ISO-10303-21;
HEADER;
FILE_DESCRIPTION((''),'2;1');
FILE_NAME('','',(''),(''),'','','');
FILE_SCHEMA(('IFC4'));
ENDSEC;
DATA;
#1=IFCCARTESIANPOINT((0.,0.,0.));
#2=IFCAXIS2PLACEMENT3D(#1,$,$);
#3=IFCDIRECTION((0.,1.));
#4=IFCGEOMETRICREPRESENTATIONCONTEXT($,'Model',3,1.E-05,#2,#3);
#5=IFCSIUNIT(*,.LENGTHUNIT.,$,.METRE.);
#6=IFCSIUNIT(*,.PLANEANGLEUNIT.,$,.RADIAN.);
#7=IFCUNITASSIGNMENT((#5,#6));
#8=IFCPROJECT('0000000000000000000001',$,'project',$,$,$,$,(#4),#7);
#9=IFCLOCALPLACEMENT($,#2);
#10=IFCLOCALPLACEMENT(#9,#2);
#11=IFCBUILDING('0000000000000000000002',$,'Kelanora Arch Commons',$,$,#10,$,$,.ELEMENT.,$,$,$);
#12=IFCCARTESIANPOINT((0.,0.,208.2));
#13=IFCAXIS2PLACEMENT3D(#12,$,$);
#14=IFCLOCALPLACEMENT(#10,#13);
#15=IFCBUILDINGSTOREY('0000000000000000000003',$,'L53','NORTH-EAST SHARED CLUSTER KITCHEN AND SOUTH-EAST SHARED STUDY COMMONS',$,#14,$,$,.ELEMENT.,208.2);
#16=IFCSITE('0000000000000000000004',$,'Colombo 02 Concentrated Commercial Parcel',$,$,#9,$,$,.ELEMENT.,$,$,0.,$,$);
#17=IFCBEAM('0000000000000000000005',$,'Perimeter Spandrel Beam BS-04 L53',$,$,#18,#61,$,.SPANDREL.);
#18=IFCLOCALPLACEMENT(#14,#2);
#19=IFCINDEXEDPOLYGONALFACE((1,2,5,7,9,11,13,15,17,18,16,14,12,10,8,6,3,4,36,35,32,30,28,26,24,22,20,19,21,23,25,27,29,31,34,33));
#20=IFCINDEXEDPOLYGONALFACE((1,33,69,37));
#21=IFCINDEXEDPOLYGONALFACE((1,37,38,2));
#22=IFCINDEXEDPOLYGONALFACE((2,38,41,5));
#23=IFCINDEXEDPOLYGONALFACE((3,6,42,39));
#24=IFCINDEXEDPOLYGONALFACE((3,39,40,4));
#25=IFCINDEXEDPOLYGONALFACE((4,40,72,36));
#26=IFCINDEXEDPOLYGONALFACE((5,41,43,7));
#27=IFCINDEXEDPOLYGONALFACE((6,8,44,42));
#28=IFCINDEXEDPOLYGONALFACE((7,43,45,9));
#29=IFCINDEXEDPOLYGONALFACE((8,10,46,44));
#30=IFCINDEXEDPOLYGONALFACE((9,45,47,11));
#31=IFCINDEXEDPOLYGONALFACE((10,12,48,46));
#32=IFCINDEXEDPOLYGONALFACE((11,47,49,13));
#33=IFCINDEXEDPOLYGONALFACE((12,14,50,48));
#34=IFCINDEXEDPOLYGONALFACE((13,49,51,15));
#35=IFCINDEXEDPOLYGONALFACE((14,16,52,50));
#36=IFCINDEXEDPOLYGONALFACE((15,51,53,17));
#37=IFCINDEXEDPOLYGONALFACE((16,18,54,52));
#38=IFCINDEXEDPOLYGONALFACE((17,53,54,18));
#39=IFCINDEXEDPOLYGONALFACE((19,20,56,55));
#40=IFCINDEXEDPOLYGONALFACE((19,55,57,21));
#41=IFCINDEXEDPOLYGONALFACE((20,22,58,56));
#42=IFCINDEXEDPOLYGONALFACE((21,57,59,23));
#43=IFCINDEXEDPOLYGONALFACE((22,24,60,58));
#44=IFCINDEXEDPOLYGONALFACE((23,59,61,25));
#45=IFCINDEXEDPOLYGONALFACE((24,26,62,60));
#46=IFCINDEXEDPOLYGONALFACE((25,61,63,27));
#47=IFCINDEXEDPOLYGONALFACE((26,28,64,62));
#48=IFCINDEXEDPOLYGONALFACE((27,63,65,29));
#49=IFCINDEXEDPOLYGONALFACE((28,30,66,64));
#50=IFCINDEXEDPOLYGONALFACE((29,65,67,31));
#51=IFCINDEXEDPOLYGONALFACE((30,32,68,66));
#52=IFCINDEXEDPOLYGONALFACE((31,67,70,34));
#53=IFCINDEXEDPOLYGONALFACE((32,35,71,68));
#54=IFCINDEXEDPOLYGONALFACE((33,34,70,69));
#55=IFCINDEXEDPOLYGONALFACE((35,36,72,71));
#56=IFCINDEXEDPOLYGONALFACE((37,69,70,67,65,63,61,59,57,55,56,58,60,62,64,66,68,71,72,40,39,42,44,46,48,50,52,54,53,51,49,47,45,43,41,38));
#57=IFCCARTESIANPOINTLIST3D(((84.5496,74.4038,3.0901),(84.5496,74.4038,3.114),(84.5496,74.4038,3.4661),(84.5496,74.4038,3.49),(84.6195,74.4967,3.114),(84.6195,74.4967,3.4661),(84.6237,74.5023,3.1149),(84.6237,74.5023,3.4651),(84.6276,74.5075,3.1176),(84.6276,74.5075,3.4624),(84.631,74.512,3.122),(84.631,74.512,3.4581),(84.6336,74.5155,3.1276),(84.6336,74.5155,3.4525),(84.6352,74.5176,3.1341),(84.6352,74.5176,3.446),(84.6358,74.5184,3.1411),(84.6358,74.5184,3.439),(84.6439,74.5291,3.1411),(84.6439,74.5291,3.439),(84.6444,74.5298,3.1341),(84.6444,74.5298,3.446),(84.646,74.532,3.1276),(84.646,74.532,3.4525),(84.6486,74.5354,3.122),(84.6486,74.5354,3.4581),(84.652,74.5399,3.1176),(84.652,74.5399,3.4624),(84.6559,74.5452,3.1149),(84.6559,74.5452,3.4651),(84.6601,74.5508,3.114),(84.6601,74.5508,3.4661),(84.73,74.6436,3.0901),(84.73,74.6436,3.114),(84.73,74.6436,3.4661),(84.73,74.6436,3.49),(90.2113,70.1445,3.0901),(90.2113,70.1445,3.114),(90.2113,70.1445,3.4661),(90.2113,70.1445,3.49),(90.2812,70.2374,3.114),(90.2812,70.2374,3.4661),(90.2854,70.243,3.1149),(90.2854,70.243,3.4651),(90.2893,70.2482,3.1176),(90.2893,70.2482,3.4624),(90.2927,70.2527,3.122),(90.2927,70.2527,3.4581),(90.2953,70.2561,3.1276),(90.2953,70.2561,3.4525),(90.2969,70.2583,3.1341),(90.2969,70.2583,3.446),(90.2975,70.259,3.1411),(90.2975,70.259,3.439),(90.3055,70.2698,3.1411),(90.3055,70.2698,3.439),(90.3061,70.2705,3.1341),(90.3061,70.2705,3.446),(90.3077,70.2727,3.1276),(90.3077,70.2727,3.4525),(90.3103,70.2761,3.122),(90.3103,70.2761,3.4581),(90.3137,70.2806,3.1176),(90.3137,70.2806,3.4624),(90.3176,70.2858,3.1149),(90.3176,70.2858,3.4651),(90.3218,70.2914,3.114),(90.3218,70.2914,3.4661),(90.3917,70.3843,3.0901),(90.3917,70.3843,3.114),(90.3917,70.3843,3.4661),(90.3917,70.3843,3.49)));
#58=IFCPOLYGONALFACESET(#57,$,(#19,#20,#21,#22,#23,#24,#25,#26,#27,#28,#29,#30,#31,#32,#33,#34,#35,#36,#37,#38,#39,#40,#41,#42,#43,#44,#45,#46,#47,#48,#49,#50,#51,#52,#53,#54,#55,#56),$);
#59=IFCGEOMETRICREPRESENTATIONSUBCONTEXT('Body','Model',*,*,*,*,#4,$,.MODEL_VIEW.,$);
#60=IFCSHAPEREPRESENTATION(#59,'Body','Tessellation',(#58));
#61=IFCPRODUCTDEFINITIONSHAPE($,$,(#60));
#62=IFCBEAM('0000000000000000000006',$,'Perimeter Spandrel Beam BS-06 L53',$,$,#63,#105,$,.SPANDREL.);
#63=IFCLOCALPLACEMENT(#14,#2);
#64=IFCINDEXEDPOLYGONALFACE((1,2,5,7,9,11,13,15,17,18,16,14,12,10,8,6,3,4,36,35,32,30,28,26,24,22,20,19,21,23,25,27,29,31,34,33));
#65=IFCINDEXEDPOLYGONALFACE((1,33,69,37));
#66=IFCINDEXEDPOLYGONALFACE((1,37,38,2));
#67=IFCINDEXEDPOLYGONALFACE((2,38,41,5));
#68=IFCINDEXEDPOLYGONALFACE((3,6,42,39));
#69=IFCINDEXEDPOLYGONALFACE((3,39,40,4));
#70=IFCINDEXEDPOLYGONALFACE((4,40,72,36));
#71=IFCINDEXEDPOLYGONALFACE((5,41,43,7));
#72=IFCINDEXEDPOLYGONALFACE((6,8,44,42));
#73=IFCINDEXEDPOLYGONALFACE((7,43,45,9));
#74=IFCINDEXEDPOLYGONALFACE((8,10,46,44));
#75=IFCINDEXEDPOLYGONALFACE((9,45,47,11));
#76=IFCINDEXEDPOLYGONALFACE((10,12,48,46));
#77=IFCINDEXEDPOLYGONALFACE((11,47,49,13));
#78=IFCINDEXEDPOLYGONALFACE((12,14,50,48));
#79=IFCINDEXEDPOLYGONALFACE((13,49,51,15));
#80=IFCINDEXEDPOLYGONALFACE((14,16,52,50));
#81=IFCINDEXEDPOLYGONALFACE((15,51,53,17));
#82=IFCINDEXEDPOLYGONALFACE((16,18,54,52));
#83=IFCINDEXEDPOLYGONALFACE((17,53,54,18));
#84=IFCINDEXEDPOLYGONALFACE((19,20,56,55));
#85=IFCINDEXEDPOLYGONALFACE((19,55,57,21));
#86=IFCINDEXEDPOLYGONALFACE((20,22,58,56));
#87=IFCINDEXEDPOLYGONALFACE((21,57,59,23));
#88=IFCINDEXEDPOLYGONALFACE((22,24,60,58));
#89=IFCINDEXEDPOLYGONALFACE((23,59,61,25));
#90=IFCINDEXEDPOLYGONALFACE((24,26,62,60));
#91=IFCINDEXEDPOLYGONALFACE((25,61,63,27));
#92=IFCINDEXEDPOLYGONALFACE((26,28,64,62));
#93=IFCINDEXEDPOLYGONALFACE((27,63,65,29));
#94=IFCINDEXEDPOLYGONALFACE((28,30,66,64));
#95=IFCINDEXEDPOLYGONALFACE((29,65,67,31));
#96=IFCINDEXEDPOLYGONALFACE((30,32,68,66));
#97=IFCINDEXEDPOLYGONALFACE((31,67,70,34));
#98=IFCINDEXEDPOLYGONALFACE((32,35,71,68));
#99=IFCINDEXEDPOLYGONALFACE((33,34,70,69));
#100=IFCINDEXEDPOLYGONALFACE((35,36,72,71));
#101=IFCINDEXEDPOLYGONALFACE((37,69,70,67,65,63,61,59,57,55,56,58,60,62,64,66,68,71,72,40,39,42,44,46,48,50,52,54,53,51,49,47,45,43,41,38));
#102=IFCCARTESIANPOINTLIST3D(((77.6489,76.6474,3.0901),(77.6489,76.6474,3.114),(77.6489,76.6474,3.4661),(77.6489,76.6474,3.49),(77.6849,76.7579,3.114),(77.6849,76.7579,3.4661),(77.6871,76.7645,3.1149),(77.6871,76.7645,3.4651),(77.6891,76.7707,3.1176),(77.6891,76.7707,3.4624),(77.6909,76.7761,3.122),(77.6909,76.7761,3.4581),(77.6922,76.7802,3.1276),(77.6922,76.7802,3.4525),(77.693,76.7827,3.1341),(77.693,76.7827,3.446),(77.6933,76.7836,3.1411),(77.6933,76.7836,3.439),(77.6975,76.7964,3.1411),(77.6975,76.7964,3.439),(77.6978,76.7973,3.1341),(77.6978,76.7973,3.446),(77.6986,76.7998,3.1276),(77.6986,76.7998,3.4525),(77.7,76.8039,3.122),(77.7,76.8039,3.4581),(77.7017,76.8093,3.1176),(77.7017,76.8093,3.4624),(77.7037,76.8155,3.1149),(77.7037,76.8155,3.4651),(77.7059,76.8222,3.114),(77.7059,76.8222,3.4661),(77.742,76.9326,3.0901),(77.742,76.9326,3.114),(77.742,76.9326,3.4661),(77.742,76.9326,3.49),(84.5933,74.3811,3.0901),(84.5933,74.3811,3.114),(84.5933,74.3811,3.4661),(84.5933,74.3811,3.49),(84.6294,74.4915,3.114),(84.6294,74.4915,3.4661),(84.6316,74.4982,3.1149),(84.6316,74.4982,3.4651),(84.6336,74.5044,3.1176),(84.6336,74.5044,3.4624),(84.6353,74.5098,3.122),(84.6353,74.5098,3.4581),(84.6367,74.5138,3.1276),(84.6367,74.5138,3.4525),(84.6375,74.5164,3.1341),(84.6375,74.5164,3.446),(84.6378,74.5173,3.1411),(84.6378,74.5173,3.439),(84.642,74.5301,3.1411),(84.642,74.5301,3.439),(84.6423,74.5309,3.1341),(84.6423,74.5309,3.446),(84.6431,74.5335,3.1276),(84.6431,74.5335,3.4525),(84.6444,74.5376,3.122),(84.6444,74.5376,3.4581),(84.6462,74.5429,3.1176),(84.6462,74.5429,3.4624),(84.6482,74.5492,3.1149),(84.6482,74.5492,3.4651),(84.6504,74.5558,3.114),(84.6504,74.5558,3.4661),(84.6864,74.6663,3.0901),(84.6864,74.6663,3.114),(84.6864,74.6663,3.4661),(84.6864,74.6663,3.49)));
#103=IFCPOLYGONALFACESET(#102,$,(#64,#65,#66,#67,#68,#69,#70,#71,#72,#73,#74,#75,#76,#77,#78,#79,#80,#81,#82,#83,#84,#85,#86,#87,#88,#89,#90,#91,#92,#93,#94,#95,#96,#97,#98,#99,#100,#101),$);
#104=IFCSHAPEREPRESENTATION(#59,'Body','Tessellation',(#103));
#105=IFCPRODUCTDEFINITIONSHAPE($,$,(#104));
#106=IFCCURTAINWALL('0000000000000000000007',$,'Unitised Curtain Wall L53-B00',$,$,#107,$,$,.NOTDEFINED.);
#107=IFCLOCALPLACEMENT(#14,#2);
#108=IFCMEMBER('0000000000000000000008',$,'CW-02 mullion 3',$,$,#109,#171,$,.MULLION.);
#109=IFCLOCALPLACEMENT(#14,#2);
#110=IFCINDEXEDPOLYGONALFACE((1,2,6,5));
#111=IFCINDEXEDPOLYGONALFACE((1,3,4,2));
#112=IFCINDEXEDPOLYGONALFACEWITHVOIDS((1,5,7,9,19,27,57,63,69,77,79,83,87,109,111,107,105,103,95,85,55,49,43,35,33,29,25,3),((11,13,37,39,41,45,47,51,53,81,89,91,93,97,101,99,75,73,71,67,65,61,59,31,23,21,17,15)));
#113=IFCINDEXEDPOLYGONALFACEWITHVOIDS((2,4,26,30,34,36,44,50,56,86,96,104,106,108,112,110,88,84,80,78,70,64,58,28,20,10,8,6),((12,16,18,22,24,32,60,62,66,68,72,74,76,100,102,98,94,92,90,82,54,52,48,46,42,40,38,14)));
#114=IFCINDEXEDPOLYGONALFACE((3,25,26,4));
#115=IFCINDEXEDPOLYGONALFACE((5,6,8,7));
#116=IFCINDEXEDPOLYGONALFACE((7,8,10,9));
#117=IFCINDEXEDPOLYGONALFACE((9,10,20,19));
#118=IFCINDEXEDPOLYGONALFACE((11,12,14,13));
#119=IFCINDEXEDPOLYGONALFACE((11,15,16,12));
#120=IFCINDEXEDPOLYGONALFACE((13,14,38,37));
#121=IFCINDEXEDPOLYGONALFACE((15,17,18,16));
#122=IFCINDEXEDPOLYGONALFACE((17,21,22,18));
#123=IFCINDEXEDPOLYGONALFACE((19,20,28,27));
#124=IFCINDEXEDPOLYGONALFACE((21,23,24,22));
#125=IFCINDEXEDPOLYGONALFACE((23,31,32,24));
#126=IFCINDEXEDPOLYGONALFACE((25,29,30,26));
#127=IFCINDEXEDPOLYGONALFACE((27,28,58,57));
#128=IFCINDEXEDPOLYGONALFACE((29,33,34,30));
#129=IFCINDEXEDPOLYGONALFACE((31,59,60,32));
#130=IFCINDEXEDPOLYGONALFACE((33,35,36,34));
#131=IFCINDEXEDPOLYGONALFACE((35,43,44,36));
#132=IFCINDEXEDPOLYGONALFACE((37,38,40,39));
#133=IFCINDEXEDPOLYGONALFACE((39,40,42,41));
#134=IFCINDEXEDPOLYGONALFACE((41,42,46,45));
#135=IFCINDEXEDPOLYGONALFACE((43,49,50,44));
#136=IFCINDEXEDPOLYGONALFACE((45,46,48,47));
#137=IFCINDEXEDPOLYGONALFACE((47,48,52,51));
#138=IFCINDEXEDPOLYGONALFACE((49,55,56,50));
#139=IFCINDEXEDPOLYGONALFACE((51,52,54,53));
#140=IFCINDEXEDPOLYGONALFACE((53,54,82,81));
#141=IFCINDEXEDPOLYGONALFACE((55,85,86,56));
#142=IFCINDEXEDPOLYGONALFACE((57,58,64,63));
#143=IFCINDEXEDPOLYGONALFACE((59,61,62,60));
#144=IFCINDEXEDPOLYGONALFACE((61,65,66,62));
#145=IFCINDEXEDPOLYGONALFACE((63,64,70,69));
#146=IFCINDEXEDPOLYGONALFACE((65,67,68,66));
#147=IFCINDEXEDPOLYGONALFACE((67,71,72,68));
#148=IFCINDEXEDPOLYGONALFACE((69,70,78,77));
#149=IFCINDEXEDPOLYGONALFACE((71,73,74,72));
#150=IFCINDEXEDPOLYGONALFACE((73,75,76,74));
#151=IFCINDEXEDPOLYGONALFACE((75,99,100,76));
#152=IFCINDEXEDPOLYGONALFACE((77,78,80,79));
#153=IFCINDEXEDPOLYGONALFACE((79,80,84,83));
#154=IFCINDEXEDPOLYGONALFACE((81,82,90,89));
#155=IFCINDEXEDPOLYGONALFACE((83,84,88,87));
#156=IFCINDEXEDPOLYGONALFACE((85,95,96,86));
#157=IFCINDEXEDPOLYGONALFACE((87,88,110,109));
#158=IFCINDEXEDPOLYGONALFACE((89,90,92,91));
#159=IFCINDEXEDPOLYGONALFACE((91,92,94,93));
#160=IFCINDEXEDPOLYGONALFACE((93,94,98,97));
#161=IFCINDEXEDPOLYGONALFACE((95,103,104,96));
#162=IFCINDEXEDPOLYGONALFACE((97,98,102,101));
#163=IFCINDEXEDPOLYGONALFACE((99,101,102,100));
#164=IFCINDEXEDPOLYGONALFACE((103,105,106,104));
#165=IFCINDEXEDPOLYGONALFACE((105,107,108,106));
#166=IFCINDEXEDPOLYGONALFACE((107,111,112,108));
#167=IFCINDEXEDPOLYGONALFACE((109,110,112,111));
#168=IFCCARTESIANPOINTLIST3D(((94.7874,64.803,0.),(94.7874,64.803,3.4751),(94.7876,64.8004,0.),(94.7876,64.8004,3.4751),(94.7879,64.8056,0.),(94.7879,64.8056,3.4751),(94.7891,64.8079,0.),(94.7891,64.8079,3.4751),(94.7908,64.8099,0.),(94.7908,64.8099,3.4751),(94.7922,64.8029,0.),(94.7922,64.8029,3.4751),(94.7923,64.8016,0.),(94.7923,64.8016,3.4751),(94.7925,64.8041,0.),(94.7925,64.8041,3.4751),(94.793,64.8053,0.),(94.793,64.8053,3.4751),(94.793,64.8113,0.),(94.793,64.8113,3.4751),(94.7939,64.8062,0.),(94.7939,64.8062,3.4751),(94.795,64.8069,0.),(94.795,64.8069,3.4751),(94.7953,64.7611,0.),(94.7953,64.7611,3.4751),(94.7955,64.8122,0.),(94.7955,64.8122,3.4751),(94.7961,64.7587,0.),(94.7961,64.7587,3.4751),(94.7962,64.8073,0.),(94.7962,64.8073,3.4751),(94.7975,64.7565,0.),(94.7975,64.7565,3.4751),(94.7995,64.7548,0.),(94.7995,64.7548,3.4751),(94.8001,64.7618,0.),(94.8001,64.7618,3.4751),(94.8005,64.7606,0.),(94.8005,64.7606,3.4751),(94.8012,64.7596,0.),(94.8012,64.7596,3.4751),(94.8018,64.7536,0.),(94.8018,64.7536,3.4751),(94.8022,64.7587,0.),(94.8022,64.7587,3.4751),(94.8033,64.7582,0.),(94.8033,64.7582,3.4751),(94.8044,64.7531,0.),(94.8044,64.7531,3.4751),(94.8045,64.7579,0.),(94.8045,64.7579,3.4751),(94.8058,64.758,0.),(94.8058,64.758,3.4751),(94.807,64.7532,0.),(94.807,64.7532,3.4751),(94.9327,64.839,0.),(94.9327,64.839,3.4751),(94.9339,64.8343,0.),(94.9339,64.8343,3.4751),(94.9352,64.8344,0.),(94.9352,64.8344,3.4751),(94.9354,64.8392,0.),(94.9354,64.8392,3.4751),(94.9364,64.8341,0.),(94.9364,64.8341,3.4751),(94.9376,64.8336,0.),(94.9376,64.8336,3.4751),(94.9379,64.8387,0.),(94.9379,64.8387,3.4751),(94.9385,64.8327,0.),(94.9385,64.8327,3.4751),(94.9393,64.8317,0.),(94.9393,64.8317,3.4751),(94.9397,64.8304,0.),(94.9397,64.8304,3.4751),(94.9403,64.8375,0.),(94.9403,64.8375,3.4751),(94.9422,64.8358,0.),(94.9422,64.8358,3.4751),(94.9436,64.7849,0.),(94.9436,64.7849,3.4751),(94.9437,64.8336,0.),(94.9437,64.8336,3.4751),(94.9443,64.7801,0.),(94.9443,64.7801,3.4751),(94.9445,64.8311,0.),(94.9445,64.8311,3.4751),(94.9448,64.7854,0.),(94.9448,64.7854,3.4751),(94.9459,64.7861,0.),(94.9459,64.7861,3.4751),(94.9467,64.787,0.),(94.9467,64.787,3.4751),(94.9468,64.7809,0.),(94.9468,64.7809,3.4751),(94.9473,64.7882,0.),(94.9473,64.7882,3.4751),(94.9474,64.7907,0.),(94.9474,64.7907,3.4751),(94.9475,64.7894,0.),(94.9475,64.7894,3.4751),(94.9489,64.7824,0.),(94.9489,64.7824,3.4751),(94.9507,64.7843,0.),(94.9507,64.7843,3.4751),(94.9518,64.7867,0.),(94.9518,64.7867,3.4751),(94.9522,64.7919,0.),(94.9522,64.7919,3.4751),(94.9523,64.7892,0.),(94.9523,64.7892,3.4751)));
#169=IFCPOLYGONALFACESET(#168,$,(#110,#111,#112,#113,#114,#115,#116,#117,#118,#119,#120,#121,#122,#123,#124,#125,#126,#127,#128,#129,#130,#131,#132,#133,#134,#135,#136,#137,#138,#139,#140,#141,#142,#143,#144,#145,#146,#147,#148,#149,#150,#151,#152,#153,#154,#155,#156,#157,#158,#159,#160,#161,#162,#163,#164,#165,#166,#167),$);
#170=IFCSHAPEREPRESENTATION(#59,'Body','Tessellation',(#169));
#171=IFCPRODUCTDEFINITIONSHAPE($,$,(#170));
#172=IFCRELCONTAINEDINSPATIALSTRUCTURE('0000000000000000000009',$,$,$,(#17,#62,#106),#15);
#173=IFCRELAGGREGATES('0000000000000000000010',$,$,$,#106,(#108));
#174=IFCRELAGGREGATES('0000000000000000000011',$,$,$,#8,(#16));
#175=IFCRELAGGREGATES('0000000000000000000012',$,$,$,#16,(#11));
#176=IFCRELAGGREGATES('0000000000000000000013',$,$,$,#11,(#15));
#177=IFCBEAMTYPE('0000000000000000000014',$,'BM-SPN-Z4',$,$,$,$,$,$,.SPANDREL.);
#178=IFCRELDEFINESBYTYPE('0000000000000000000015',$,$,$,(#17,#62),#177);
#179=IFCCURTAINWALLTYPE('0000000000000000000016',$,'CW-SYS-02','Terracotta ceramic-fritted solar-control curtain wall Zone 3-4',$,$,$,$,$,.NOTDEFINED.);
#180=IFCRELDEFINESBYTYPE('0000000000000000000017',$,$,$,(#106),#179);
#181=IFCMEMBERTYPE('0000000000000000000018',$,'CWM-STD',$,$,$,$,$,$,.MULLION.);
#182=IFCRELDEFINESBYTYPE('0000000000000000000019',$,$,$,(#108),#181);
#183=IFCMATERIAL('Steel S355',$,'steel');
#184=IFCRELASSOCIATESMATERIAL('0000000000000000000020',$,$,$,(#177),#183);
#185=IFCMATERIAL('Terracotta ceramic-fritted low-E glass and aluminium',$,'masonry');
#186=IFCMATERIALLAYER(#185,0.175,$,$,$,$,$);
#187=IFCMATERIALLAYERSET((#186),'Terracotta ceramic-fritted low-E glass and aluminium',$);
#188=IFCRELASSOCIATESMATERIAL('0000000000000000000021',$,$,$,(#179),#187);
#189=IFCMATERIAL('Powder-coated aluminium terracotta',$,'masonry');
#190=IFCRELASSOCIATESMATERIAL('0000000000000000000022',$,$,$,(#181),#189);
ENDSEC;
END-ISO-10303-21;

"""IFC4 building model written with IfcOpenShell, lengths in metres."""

from ifc_helpers import new_model, si_unit, direction, frame, origin, origin_2d, place, context, subcontext, project, spatial, hollow_rectangle, i_section, extrude, material, layer, layer_set, material_profile, profile_set, type_object, element, aggregate, save


model = new_model("IFC4")

# Units and contexts
model_context = context("Model", 3, precision=1e-05, world=origin(), true_north=direction((0.0, 1.0)))
body_context = subcontext(model_context, "Body", "Model", "MODEL_VIEW")
ifc_project = project(units=[si_unit("LENGTHUNIT", "METRE"), si_unit("PLANEANGLEUNIT", "RADIAN")], contexts=[model_context])

# Site, building, storey
site_placement = place(None, origin())
site = spatial("IfcSite", under=ifc_project, at=site_placement, Name="Colombo 02 Concentrated Commercial Parcel", CompositionType="ELEMENT", RefElevation=0.0)
building_placement = place(site_placement, origin())
building = spatial("IfcBuilding", under=site, at=building_placement, Name="Kelanora Arch Commons", CompositionType="ELEMENT")
storey_placement = place(building_placement, frame((0.0, 0.0, 208.2)))
storey = spatial("IfcBuildingStorey", under=building, at=storey_placement, Name="L53", Description="NORTH-EAST SHARED CLUSTER KITCHEN AND SOUTH-EAST SHARED STUDY COMMONS", CompositionType="ELEMENT", Elevation=208.2)

# Beams
ifc_material_1 = material(Name="Steel S355", Category="steel")
ifc_material_profile_1 = material_profile(ifc_material_1, i_section(OverallWidth=0.3, OverallDepth=0.3999, WebThickness=0.0134, FlangeThickness=0.0239, FilletRadius=0.0271, at=origin_2d()), Name="HEB400")
ifc_profile_set_1 = profile_set([ifc_material_profile_1], Name="Steel S355")
beam_type_1 = type_object("IfcBeamType", Name="BM-SPN-Z4", PredefinedType="SPANDREL", material=ifc_profile_set_1)
beam_1_placement = place(storey_placement, frame((90.3015, 70.2644, 3.29), z_axis=(-0.799114, 0.601179, 0.0), x_axis=(-0.601179, -0.799114, 0.0)))
element("IfcBeam", 1, at=beam_1_placement, inside=storey, type_object=beam_type_1, Name="Perimeter Spandrel Beam BS-04 L53", PredefinedType="SPANDREL", context=body_context, shape_type="SweptSolid", body=[
    extrude(i_section(OverallWidth=0.3, OverallDepth=0.3999, WebThickness=0.0134, FlangeThickness=0.0239, FilletRadius=0.0271, at=origin_2d()), origin(), (0.0, 0.0, 1.0), 7.085),
])
beam_2_placement = place(storey_placement, frame((84.6399, 74.5237, 3.29), z_axis=(-0.950656, 0.310246, 0.0), x_axis=(-0.310246, -0.950656, 0.0)))
element("IfcBeam", 2, at=beam_2_placement, inside=storey, type_object=beam_type_1, Name="Perimeter Spandrel Beam BS-06 L53", PredefinedType="SPANDREL", context=body_context, shape_type="SweptSolid", body=[
    extrude(i_section(OverallWidth=0.3, OverallDepth=0.3999, WebThickness=0.0134, FlangeThickness=0.0239, FilletRadius=0.0271, at=origin_2d()), origin(), (0.0, 0.0, 1.0), 7.3049),
])

# Curtain wall, member
ifc_material_2 = material(Name="Terracotta ceramic-fritted low-E glass and aluminium", Category="masonry")
ifc_layer_1 = layer(ifc_material_2, 0.175)
ifc_layer_set_1 = layer_set([ifc_layer_1], Name="Terracotta ceramic-fritted low-E glass and aluminium")
curtain_wall_type = type_object("IfcCurtainWallType", Name="CW-SYS-02", Description="Terracotta ceramic-fritted solar-control curtain wall Zone 3-4", PredefinedType="NOTDEFINED", material=ifc_layer_set_1)
curtain_wall_1_placement = place(storey_placement, origin())
curtain_wall_1 = element("IfcCurtainWall", 3, at=curtain_wall_1_placement, inside=storey, type_object=curtain_wall_type, Name="Unitised Curtain Wall L53-B00", PredefinedType="NOTDEFINED")
ifc_material_3 = material(Name="Powder-coated aluminium terracotta", Category="masonry")
ifc_material_profile_2 = material_profile(ifc_material_3, hollow_rectangle(XDim=0.1599, YDim=0.0601, WallThickness=0.0049, InnerFilletRadius=0.0049, OuterFilletRadius=0.01, at=origin_2d()), Name="CWM160x60")
ifc_profile_set_2 = profile_set([ifc_material_profile_2], Name="Powder-coated aluminium terracotta")
member_type_1 = type_object("IfcMemberType", Name="CWM-STD", PredefinedType="MULLION", material=ifc_profile_set_2)
member_1_placement = place(storey_placement, frame((94.8699, 64.7961, 0.0), z_axis=(0.0, 0.0, 1.0), x_axis=(-0.981381, -0.192069, 0.0)))
member_1 = element("IfcMember", 4, at=member_1_placement, type_object=member_type_1, Name="CW-02 mullion 3", PredefinedType="MULLION", context=body_context, shape_type="SweptSolid", body=[
    extrude(hollow_rectangle(XDim=0.1599, YDim=0.0601, WallThickness=0.0049, InnerFilletRadius=0.0049, OuterFilletRadius=0.01, at=origin_2d()), origin(), (0.0, 0.0, 1.0), 3.4751),
])
aggregate(curtain_wall_1, [member_1])

save(model, "model.ifc")
